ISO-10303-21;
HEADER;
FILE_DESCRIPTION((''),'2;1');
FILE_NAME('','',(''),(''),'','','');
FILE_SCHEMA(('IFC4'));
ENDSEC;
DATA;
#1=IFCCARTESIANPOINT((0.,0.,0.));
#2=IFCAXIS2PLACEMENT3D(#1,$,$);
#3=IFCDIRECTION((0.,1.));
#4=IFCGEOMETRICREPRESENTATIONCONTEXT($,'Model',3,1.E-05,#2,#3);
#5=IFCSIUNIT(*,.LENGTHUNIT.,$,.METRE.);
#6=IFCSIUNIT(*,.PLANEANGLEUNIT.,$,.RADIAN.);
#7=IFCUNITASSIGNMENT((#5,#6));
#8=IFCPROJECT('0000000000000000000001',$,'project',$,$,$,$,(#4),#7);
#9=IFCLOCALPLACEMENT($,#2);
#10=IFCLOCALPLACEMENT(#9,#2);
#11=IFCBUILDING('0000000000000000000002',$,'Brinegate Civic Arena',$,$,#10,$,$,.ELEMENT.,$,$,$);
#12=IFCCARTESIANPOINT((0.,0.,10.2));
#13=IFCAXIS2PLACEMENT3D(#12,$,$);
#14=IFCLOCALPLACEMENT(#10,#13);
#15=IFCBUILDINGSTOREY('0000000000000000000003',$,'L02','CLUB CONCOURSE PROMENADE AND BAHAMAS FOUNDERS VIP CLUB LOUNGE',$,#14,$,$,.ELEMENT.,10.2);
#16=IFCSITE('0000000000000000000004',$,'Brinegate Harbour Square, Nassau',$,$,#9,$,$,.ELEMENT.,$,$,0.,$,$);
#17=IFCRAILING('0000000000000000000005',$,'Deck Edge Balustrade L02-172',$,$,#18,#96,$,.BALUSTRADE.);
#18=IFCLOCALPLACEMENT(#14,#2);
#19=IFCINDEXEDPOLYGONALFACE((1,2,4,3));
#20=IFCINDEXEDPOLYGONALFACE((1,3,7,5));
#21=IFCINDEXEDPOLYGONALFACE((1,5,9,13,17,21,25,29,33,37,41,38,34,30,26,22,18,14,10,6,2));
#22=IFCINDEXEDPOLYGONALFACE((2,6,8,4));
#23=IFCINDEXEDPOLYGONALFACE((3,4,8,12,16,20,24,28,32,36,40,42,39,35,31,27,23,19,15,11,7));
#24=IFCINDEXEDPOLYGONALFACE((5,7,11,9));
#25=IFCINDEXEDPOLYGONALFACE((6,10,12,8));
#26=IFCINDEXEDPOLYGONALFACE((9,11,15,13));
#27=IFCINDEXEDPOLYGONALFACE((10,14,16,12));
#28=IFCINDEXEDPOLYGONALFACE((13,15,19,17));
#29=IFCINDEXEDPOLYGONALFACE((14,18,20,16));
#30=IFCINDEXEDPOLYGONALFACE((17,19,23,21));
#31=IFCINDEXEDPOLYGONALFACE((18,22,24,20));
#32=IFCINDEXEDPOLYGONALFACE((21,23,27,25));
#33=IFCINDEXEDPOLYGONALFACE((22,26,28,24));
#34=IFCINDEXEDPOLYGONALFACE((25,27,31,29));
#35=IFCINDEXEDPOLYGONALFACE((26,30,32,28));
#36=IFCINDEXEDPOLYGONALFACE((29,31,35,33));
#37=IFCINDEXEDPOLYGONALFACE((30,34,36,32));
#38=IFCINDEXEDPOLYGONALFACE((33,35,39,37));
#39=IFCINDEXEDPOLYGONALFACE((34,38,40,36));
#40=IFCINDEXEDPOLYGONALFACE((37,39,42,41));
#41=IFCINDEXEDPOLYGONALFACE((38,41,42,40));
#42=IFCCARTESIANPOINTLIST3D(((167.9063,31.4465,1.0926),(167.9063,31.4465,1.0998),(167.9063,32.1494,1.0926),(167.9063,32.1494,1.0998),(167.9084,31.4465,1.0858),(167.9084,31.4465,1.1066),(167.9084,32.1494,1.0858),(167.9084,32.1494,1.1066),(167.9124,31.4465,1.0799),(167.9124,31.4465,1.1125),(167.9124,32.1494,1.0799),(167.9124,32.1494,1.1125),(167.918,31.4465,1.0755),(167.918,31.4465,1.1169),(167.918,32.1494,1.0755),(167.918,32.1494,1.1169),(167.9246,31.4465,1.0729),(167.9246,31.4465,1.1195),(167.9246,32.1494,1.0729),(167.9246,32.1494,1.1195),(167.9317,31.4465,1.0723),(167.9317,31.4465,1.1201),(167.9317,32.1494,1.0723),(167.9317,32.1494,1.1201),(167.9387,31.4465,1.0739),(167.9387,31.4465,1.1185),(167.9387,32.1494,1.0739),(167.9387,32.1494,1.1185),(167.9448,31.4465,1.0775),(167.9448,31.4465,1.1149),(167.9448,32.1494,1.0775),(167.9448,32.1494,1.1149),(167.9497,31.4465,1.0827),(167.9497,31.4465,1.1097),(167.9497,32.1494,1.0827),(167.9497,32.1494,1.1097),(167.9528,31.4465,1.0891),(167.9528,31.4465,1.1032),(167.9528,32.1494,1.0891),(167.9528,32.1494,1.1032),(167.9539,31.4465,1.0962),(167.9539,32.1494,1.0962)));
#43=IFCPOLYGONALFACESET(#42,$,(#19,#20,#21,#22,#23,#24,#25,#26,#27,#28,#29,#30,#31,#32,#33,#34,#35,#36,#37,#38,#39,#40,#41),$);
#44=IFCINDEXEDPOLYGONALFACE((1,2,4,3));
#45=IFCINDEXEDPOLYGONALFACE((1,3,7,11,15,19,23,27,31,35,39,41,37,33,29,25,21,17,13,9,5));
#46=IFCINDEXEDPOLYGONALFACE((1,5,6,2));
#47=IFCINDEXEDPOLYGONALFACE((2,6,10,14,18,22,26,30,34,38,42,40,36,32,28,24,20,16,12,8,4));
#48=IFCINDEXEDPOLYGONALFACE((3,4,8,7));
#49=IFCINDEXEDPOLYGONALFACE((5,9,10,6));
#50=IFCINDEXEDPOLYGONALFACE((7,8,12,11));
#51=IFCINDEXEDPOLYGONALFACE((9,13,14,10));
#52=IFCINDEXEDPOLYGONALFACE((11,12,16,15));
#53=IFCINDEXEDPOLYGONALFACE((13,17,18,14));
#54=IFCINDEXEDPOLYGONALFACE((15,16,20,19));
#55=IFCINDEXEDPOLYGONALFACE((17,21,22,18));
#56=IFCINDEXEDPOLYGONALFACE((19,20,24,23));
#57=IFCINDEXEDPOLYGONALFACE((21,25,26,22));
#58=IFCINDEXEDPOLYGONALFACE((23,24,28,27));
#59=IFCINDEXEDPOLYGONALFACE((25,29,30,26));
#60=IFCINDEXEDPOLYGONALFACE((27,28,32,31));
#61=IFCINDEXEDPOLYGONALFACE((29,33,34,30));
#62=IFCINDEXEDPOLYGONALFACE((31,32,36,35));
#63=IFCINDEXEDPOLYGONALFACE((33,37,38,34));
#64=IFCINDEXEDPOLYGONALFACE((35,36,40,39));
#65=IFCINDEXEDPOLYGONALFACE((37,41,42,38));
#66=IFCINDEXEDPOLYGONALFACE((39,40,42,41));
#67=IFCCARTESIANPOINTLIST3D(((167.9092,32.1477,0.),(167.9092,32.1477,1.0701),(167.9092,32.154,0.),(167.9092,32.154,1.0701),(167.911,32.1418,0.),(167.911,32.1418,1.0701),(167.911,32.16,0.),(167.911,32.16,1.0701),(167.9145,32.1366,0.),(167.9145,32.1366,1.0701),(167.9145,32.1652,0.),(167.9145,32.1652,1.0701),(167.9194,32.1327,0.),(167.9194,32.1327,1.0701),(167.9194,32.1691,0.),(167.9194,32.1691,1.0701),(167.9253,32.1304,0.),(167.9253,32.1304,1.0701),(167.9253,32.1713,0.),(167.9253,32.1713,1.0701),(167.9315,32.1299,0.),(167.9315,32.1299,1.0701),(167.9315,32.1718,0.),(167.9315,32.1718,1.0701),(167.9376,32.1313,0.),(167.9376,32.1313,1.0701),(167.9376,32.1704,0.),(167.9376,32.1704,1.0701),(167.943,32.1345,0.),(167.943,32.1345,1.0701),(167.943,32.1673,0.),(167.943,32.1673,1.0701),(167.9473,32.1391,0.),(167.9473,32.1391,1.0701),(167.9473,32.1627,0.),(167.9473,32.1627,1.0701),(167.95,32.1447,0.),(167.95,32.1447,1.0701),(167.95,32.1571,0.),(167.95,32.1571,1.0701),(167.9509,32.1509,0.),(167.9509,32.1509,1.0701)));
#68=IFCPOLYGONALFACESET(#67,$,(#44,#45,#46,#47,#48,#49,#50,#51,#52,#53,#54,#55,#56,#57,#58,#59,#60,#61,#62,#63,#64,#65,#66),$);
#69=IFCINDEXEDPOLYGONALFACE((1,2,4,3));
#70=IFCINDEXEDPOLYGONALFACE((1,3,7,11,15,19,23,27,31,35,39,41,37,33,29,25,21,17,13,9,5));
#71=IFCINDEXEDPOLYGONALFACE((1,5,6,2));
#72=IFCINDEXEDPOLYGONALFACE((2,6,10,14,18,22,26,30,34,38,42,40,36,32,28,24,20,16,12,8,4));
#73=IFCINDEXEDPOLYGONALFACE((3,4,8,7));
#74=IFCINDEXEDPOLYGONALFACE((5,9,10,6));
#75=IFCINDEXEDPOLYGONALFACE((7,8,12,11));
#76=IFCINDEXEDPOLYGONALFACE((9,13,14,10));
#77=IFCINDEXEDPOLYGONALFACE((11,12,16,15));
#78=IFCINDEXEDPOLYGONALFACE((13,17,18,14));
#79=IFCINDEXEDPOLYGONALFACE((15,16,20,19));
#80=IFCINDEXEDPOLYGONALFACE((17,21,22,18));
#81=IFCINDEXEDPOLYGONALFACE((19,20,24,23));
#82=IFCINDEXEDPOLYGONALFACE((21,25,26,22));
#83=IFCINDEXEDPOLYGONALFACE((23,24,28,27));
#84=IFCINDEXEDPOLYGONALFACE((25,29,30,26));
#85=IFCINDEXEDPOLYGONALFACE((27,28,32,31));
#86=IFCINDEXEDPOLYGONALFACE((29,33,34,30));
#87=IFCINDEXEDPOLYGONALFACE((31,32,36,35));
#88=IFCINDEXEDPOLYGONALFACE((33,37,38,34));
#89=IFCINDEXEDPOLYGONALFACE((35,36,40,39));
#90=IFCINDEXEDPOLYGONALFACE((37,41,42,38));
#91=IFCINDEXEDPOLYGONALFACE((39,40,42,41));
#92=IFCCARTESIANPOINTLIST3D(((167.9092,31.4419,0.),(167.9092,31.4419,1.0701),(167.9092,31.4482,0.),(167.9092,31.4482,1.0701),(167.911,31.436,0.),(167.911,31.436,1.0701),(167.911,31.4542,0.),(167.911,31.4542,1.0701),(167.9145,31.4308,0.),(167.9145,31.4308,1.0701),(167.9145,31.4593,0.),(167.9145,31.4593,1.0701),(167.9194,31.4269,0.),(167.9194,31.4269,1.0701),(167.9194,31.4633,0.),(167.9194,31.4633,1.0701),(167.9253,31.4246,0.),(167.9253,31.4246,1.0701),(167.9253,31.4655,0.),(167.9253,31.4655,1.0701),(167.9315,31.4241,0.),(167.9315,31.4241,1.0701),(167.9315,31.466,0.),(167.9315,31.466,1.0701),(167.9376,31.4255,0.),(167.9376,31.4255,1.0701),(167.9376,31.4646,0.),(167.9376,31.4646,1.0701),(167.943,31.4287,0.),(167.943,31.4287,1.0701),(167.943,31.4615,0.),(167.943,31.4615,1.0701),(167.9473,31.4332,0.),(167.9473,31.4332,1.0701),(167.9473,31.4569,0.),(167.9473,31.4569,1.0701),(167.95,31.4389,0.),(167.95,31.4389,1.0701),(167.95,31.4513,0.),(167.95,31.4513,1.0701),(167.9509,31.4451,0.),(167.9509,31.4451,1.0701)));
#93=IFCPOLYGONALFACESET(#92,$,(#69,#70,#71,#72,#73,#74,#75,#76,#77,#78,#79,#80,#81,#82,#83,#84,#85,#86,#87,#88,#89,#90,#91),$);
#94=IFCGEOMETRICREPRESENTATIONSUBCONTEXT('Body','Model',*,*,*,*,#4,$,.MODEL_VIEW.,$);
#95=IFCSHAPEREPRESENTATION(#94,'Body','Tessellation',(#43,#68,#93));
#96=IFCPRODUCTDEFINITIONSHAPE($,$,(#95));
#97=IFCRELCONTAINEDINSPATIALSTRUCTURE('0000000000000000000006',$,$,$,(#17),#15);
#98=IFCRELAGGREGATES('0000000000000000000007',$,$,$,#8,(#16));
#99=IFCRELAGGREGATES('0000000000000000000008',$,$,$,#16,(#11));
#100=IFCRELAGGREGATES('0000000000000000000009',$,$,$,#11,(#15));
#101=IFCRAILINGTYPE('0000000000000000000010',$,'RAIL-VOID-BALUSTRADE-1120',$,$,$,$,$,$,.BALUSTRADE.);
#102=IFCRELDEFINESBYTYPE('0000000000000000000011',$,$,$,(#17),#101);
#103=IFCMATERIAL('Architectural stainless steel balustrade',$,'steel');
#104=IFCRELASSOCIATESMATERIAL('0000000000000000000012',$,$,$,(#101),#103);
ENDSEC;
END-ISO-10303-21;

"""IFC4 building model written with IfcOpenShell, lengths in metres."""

from ifc_helpers import new_model, si_unit, direction, frame, origin, origin_2d, place, context, subcontext, project, spatial, circle, extrude, material, type_object, element, save


model = new_model("IFC4")

# Units and contexts
model_context = context("Model", 3, precision=1e-05, world=origin(), true_north=direction((0.0, 1.0)))
body_context = subcontext(model_context, "Body", "Model", "MODEL_VIEW")
ifc_project = project(units=[si_unit("LENGTHUNIT", "METRE"), si_unit("PLANEANGLEUNIT", "RADIAN")], contexts=[model_context])

# Site, building, storey
site_placement = place(None, origin())
site = spatial("IfcSite", under=ifc_project, at=site_placement, Name="Brinegate Harbour Square, Nassau", CompositionType="ELEMENT", RefElevation=0.0)
building_placement = place(site_placement, origin())
building = spatial("IfcBuilding", under=site, at=building_placement, Name="Brinegate Civic Arena", CompositionType="ELEMENT")
storey_placement = place(building_placement, frame((0.0, 0.0, 10.2)))
storey = spatial("IfcBuildingStorey", under=building, at=storey_placement, Name="L02", Description="CLUB CONCOURSE PROMENADE AND BAHAMAS FOUNDERS VIP CLUB LOUNGE", CompositionType="ELEMENT", Elevation=10.2)

# Railing
ifc_material_1 = material(Name="Architectural stainless steel balustrade", Category="steel")
railing_type_1 = type_object("IfcRailingType", Name="RAIL-VOID-BALUSTRADE-1120", PredefinedType="BALUSTRADE", material=ifc_material_1)
railing_1_placement = place(storey_placement, frame((167.9299, 32.1509, 0.0)))
element("IfcRailing", 1, at=railing_1_placement, inside=storey, type_object=railing_type_1, Name="Deck Edge Balustrade L02-172", PredefinedType="BALUSTRADE", context=body_context, shape_type="SweptSolid", body=[
    extrude(circle(Radius=0.0239, at=origin_2d()), frame((0.0, -0.0015, 1.0962), z_axis=(0.0, -1.0, 0.0), x_axis=(1.0, 0.0, 0.0)), (0.0, 0.0, 1.0), 0.7029),
    extrude(circle(Radius=0.021, at=origin_2d()), origin(), (0.0, 0.0, 1.0), 1.0701),
    extrude(circle(Radius=0.021, at=origin_2d()), frame((0.0, -0.7058, 0.0)), (0.0, 0.0, 1.0), 1.0701),
])

save(model, "model.ifc")
